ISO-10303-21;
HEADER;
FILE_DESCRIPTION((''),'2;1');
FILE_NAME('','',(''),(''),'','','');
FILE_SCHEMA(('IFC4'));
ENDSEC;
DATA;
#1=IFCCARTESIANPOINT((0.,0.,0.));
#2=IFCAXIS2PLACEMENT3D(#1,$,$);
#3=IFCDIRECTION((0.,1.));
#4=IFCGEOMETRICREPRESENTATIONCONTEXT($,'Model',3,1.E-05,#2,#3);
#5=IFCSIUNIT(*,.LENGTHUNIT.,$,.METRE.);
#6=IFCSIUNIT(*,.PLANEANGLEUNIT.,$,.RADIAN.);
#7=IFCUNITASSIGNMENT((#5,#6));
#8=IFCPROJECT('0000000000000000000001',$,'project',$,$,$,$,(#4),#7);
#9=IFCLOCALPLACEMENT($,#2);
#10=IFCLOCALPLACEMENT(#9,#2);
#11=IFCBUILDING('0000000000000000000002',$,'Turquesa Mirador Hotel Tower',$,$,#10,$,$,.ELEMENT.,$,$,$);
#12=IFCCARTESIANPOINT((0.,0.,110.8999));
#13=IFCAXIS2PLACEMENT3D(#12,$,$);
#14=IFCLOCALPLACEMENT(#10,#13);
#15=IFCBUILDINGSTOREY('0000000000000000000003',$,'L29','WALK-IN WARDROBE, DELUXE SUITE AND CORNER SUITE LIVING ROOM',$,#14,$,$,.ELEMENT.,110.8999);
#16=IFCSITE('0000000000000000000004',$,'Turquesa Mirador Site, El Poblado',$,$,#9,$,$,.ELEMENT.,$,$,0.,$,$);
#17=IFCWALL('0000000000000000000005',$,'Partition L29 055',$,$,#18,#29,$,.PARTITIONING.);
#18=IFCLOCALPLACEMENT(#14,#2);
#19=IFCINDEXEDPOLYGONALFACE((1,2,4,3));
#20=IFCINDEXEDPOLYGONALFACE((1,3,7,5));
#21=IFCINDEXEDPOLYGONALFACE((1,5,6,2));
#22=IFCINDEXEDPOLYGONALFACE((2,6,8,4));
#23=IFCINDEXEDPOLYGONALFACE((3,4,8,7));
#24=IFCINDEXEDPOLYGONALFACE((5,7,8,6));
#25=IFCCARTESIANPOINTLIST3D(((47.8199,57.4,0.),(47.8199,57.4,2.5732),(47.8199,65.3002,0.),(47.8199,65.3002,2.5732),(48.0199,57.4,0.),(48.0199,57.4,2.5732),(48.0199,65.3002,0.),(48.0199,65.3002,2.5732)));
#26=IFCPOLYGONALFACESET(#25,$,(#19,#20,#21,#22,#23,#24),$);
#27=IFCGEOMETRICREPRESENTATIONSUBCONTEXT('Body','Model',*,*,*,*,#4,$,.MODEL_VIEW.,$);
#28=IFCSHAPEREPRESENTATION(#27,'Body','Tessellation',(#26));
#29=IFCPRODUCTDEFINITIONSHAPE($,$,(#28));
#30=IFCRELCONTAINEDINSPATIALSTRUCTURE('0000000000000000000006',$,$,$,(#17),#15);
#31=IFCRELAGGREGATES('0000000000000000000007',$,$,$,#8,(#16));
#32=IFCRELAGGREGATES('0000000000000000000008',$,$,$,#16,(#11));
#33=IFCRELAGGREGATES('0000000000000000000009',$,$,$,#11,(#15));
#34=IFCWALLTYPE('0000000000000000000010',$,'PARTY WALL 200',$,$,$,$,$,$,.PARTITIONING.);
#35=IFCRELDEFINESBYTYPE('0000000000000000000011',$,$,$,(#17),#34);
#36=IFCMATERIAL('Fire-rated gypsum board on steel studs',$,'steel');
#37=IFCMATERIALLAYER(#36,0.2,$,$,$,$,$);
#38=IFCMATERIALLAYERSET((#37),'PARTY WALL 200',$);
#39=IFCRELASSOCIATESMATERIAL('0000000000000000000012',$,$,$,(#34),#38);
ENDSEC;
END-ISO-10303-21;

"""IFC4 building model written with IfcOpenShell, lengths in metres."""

from ifc_helpers import new_model, si_unit, direction, frame, frame_2d, origin, place, context, subcontext, project, spatial, rectangle, extrude, material, layer, layer_set, type_object, element, save


model = new_model("IFC4")

# Units and contexts
model_context = context("Model", 3, precision=1e-05, world=origin(), true_north=direction((0.0, 1.0)))
body_context = subcontext(model_context, "Body", "Model", "MODEL_VIEW")
ifc_project = project(units=[si_unit("LENGTHUNIT", "METRE"), si_unit("PLANEANGLEUNIT", "RADIAN")], contexts=[model_context])

# Site, building, storey
site_placement = place(None, origin())
site = spatial("IfcSite", under=ifc_project, at=site_placement, Name="Turquesa Mirador Site, El Poblado", CompositionType="ELEMENT", RefElevation=0.0)
building_placement = place(site_placement, origin())
building = spatial("IfcBuilding", under=site, at=building_placement, Name="Turquesa Mirador Hotel Tower", CompositionType="ELEMENT")
storey_placement = place(building_placement, frame((0.0, 0.0, 110.8999)))
storey = spatial("IfcBuildingStorey", under=building, at=storey_placement, Name="L29", Description="WALK-IN WARDROBE, DELUXE SUITE AND CORNER SUITE LIVING ROOM", CompositionType="ELEMENT", Elevation=110.8999)

# Wall
ifc_material_1 = material(Name="Fire-rated gypsum board on steel studs", Category="steel")
ifc_layer_1 = layer(ifc_material_1, 0.2)
ifc_layer_set_1 = layer_set([ifc_layer_1], Name="PARTY WALL 200")
wall_type_1 = type_object("IfcWallType", Name="PARTY WALL 200", PredefinedType="PARTITIONING", material=ifc_layer_set_1)
wall_1_placement = place(storey_placement, frame((47.9199, 57.3999, 0.0), z_axis=(0.0, 0.0, 1.0), x_axis=(0.0, 1.0, 0.0)))
element("IfcWall", 1, at=wall_1_placement, inside=storey, type_object=wall_type_1, Name="Partition L29 055", PredefinedType="PARTITIONING", context=body_context, shape_type="SweptSolid", body=[
    extrude(rectangle(XDim=7.9001, YDim=0.2, at=frame_2d((3.9502, 0.0))), origin(), (0.0, 0.0, 1.0), 2.5732),
])

save(model, "model.ifc")
